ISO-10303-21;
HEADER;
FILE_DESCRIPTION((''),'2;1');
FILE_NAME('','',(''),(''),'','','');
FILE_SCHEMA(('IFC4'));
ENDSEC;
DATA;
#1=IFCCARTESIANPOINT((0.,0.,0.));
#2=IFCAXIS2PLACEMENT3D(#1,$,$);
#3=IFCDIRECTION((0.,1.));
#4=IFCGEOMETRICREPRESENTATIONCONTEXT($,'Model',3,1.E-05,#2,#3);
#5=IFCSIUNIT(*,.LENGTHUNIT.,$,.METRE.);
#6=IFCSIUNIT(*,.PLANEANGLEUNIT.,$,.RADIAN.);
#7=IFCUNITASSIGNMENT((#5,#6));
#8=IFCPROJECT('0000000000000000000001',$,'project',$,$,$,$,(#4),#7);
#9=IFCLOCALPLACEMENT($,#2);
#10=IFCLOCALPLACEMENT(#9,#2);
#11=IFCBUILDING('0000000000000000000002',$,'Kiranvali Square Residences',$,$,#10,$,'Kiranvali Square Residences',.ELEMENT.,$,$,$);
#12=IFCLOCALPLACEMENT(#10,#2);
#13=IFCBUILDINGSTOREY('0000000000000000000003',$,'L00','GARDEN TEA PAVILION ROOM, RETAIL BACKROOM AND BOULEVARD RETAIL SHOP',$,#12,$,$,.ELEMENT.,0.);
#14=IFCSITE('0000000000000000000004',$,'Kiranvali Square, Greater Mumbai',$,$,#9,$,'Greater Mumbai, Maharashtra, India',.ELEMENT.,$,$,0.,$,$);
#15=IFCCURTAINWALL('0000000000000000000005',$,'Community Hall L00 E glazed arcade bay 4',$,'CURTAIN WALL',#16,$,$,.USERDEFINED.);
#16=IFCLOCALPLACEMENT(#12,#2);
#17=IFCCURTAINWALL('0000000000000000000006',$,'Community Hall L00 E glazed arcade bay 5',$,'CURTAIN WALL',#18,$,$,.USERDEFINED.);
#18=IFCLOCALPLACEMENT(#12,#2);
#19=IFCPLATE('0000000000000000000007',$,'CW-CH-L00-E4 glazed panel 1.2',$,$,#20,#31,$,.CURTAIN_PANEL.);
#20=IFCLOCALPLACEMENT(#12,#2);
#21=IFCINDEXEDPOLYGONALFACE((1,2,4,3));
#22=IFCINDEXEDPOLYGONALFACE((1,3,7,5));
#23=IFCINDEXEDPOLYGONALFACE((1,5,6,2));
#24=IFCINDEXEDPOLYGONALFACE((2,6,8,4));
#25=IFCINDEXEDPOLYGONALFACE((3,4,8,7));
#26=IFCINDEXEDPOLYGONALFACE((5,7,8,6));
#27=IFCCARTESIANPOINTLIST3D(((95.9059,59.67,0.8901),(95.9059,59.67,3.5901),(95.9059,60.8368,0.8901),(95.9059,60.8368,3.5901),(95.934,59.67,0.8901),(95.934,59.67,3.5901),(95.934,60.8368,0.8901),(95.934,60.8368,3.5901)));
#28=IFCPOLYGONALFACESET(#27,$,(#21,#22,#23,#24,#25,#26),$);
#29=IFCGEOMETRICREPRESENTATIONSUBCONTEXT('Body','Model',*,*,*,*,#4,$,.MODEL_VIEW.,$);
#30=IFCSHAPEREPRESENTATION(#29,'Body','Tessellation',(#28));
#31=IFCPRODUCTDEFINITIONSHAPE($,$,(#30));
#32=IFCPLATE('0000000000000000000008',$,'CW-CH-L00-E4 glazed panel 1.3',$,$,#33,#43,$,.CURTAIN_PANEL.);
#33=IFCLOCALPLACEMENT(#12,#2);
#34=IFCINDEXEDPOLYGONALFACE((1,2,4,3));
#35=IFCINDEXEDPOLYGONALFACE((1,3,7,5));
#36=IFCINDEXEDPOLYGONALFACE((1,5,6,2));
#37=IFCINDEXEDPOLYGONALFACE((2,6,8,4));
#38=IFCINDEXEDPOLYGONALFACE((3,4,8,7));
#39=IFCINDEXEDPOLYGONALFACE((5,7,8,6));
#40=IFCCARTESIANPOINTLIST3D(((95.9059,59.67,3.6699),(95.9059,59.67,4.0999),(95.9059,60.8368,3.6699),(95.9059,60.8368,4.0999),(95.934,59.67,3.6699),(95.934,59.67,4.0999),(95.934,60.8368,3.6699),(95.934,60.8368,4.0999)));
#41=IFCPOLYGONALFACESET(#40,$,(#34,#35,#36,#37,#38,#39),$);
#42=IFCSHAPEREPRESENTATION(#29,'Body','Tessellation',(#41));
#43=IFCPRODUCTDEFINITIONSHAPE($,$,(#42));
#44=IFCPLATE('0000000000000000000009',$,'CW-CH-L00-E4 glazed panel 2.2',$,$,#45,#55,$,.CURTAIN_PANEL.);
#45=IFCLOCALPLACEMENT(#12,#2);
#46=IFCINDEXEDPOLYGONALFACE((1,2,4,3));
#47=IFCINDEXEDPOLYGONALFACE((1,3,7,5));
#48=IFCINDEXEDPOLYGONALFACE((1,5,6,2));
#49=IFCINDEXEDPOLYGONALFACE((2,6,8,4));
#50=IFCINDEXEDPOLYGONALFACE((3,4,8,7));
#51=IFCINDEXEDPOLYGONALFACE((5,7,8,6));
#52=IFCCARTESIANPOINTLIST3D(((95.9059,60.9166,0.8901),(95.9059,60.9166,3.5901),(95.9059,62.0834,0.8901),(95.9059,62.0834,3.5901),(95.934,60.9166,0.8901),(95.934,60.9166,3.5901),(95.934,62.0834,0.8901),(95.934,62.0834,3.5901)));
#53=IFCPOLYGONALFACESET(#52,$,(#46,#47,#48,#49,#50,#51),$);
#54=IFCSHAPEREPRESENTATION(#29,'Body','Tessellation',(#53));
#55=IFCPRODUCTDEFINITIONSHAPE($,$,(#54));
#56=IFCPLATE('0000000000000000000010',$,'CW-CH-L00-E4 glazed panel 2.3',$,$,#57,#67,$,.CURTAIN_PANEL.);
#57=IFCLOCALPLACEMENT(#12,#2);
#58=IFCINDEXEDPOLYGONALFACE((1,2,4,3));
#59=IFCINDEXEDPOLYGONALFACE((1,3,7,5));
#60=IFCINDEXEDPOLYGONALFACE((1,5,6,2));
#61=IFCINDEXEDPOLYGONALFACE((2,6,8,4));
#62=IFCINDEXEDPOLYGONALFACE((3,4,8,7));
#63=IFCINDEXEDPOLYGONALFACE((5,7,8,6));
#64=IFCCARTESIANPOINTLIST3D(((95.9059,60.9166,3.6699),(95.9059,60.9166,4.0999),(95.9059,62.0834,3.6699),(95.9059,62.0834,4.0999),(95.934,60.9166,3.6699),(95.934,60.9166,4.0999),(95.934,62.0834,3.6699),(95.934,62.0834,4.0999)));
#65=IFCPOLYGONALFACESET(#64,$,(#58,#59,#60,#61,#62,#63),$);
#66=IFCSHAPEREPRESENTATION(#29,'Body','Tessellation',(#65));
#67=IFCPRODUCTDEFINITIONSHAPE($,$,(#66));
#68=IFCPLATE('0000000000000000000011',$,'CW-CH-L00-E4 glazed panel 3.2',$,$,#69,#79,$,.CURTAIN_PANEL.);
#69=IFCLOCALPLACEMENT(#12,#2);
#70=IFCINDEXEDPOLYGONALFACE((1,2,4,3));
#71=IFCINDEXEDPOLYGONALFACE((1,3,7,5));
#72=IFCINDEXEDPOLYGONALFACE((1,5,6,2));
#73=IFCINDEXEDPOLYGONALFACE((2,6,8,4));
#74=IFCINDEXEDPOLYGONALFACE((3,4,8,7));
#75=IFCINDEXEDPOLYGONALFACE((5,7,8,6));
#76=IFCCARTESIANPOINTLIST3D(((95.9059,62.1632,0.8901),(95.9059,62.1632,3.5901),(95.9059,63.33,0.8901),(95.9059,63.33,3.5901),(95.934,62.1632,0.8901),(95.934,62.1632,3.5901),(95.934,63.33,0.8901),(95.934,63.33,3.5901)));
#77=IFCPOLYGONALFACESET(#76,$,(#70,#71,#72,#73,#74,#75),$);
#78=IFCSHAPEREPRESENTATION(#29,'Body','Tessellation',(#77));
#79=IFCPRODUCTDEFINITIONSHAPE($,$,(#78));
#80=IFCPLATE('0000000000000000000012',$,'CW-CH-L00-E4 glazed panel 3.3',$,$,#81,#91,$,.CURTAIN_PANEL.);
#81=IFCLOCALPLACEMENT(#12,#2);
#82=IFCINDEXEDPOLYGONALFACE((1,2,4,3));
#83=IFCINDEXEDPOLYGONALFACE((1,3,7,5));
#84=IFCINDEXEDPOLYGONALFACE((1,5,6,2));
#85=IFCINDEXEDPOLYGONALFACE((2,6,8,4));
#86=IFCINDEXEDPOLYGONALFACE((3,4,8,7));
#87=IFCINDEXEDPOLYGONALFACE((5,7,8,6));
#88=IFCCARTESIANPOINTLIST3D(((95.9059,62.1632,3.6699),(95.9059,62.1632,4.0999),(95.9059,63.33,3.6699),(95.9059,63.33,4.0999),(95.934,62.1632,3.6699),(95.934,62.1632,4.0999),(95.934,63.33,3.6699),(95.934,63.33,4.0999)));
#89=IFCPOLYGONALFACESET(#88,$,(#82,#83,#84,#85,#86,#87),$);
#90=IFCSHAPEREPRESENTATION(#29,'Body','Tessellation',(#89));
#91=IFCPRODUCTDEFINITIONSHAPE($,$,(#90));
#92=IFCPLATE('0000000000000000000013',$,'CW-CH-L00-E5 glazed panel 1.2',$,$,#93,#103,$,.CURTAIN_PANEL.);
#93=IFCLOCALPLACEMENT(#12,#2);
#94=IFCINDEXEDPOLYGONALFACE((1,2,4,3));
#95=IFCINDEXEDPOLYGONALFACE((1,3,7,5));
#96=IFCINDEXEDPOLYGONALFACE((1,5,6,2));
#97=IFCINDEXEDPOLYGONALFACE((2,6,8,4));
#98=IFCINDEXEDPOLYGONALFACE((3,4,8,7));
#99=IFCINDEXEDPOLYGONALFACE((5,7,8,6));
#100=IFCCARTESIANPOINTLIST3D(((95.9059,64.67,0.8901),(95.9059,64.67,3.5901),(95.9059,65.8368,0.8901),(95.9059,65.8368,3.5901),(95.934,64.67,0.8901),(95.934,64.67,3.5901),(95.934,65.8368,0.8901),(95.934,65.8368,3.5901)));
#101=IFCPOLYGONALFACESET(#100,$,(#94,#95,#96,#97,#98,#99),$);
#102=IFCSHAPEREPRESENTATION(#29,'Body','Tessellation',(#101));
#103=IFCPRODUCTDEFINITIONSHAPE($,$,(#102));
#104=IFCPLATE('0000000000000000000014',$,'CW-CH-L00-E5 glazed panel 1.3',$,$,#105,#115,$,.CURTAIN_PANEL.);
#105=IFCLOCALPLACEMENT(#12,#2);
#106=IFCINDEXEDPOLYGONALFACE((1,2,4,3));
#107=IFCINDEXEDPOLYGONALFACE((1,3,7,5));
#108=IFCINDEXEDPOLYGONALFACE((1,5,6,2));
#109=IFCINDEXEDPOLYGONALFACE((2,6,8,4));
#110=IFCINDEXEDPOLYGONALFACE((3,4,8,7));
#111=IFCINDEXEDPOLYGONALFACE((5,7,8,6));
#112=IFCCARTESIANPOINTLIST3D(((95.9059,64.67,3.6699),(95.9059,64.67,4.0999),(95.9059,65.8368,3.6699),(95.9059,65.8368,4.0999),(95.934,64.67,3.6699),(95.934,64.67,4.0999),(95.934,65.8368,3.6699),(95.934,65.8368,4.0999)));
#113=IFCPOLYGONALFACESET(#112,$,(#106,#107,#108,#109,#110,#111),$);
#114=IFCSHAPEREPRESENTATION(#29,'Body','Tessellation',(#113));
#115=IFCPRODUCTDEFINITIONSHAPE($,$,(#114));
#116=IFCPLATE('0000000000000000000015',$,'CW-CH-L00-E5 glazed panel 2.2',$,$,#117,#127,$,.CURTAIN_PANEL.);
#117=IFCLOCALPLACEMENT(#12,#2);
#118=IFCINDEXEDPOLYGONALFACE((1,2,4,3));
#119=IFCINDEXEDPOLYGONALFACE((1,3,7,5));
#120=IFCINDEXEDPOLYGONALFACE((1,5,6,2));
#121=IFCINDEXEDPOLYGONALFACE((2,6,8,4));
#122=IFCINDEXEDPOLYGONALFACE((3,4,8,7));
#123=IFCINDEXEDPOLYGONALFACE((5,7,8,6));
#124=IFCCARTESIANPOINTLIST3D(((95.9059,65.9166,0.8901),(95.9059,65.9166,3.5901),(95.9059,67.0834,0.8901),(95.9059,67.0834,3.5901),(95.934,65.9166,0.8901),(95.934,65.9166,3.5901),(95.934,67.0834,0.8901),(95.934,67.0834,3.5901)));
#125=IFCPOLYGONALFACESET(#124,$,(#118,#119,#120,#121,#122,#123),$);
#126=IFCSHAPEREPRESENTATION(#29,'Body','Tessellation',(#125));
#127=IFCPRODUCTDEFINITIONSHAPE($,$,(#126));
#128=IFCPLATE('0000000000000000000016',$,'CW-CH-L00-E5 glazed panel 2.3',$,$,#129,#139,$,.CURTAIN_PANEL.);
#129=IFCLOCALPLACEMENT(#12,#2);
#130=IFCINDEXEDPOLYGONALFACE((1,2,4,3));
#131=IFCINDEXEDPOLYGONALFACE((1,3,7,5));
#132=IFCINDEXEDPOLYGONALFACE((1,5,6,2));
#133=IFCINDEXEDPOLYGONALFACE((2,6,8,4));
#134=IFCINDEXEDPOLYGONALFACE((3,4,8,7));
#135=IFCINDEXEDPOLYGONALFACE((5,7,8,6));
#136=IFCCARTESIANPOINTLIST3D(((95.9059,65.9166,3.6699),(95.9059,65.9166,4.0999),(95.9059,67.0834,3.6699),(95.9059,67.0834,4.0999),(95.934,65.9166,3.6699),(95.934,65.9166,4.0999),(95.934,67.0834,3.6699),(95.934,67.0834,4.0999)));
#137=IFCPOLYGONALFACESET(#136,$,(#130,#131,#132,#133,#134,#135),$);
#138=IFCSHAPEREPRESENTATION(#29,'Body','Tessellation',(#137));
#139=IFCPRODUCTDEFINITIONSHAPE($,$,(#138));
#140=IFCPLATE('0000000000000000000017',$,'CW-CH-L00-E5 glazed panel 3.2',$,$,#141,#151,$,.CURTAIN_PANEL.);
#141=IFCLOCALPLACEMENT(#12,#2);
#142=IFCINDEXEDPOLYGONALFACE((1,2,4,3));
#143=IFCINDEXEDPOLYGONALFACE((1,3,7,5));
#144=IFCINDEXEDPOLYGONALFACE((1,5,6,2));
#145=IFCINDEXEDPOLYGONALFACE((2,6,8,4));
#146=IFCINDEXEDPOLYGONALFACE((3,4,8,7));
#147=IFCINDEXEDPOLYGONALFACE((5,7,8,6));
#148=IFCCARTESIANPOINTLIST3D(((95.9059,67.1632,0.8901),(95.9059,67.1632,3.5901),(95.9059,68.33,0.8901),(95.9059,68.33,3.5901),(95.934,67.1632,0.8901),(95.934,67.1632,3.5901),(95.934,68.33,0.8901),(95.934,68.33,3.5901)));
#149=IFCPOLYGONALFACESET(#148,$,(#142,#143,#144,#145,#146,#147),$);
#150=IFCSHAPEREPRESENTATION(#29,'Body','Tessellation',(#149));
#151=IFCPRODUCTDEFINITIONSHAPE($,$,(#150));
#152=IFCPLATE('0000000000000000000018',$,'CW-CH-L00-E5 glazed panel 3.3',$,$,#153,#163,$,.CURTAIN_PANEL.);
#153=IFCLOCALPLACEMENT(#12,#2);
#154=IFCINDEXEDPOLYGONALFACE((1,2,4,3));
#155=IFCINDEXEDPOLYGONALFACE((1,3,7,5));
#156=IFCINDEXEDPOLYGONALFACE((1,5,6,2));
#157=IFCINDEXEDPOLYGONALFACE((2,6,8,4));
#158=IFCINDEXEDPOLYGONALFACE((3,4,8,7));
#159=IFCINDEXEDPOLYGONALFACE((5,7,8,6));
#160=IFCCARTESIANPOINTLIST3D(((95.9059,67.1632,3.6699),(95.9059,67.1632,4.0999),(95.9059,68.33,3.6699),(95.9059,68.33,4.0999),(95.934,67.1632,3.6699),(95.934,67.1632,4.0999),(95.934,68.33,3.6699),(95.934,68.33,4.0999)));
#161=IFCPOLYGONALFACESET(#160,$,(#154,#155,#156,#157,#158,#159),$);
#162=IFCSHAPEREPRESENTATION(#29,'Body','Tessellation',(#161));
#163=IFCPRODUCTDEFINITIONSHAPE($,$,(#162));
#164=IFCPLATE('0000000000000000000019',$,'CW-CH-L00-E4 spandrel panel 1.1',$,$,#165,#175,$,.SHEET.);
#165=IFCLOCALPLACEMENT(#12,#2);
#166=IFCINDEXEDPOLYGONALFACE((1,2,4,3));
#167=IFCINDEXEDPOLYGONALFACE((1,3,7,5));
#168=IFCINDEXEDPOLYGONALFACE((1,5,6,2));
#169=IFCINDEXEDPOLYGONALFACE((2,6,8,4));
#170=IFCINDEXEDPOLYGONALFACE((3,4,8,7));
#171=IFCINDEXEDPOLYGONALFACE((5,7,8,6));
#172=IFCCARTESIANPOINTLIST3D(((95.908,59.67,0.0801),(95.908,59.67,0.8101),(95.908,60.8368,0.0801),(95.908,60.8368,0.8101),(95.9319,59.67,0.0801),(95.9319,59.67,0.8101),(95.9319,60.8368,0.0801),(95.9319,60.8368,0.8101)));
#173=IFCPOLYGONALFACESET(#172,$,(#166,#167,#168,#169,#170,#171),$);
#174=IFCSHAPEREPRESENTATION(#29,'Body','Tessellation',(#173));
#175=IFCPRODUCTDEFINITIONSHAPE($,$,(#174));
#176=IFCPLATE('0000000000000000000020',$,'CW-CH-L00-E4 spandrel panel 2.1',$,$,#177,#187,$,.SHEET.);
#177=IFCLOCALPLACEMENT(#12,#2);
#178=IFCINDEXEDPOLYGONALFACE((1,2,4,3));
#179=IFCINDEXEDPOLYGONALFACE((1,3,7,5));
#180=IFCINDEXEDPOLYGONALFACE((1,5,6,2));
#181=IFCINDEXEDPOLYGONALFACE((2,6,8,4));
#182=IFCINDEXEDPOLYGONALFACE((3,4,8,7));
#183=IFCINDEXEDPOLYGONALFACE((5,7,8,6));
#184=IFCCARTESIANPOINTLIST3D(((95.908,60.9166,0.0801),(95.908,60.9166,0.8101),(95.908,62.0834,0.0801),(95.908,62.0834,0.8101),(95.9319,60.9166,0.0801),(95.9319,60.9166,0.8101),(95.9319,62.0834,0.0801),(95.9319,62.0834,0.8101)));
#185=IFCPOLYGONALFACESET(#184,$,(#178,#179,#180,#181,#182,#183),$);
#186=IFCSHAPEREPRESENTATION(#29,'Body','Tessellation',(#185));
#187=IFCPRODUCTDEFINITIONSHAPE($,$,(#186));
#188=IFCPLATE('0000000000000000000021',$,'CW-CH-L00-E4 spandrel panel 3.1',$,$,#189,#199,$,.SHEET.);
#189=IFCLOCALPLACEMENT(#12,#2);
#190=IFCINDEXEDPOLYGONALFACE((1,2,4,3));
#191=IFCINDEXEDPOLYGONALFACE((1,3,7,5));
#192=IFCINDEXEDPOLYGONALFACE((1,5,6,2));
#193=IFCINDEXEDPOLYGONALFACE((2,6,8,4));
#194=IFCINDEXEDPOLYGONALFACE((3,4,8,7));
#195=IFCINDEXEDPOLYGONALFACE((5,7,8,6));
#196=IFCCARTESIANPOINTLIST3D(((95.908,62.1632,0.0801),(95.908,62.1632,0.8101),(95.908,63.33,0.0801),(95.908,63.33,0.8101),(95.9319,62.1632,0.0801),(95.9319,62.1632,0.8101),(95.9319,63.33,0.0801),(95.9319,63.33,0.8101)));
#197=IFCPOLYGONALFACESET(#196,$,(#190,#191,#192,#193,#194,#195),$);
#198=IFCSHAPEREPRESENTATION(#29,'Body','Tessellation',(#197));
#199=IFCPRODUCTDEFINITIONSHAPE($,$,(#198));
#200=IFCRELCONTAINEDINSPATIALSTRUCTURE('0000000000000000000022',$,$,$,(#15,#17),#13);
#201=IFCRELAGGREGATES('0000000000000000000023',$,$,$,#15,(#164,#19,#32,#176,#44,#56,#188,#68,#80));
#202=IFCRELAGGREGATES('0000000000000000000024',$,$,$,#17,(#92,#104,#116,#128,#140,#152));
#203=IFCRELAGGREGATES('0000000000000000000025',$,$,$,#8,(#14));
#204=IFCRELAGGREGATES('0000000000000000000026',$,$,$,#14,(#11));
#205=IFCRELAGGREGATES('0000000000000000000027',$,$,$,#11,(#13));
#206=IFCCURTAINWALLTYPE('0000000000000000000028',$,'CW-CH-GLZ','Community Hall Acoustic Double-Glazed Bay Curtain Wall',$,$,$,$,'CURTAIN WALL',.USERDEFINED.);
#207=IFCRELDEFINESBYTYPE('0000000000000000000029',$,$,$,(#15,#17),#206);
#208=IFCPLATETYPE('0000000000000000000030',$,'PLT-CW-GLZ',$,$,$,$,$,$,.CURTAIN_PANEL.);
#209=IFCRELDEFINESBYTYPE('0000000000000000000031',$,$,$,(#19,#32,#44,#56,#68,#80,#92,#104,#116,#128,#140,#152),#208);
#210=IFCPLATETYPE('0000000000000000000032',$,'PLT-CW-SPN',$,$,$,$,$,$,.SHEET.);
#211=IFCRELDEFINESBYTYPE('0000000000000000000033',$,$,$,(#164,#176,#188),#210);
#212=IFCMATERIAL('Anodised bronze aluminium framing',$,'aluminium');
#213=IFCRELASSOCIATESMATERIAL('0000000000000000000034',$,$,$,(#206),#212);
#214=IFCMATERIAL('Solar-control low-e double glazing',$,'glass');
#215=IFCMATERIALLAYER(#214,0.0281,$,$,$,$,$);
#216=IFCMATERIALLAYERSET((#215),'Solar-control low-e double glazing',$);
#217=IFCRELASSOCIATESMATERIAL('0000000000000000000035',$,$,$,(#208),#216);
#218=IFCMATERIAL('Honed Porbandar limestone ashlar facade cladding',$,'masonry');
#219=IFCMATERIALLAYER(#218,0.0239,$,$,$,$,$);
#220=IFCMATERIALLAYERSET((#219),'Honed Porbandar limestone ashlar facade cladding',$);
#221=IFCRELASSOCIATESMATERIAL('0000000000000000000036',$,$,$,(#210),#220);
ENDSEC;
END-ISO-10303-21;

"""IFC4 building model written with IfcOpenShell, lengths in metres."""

from ifc_helpers import new_model, si_unit, direction, frame, origin, origin_2d, place, context, subcontext, project, spatial, rectangle, extrude, material, layer, layer_set, type_object, element, aggregate, save


model = new_model("IFC4")

# Units and contexts
model_context = context("Model", 3, precision=1e-05, world=origin(), true_north=direction((0.0, 1.0)))
body_context = subcontext(model_context, "Body", "Model", "MODEL_VIEW")
ifc_project = project(units=[si_unit("LENGTHUNIT", "METRE"), si_unit("PLANEANGLEUNIT", "RADIAN")], contexts=[model_context])

# Site, building, storey
site_placement = place(None, origin())
site = spatial("IfcSite", under=ifc_project, at=site_placement, Name="Kiranvali Square, Greater Mumbai", LongName="Greater Mumbai, Maharashtra, India", CompositionType="ELEMENT", RefElevation=0.0)
building_placement = place(site_placement, origin())
building = spatial("IfcBuilding", under=site, at=building_placement, Name="Kiranvali Square Residences", LongName="Kiranvali Square Residences", CompositionType="ELEMENT")
storey_placement = place(building_placement, origin())
storey = spatial("IfcBuildingStorey", under=building, at=storey_placement, Name="L00", Description="GARDEN TEA PAVILION ROOM, RETAIL BACKROOM AND BOULEVARD RETAIL SHOP", CompositionType="ELEMENT", Elevation=0.0)

# Curtain walls
ifc_material_1 = material(Name="Anodised bronze aluminium framing", Category="aluminium")
curtain_wall_type = type_object("IfcCurtainWallType", Name="CW-CH-GLZ", Description="Community Hall Acoustic Double-Glazed Bay Curtain Wall", ElementType="CURTAIN WALL", PredefinedType="USERDEFINED", material=ifc_material_1)
curtain_wall_1_placement = place(storey_placement, origin())
curtain_wall_1 = element("IfcCurtainWall", 1, at=curtain_wall_1_placement, inside=storey, type_object=curtain_wall_type, Name="Community Hall L00 E glazed arcade bay 4", ObjectType="CURTAIN WALL", PredefinedType="USERDEFINED")
curtain_wall_2_placement = place(storey_placement, origin())
curtain_wall_2 = element("IfcCurtainWall", 2, at=curtain_wall_2_placement, inside=storey, type_object=curtain_wall_type, Name="Community Hall L00 E glazed arcade bay 5", ObjectType="CURTAIN WALL", PredefinedType="USERDEFINED")

# Plates
ifc_material_2 = material(Name="Solar-control low-e double glazing", Category="glass")
ifc_layer_1 = layer(ifc_material_2, 0.0281)
ifc_layer_set_1 = layer_set([ifc_layer_1], Name="Solar-control low-e double glazing")
plate_type_1 = type_object("IfcPlateType", Name="PLT-CW-GLZ", PredefinedType="CURTAIN_PANEL", material=ifc_layer_set_1)
plate_1_placement = place(storey_placement, frame((95.9199, 60.2534, 0.8901), z_axis=(0.0, 0.0, 1.0), x_axis=(0.0, 1.0, 0.0)))
plate_1 = element("IfcPlate", 3, at=plate_1_placement, type_object=plate_type_1, Name="CW-CH-L00-E4 glazed panel 1.2", PredefinedType="CURTAIN_PANEL", context=body_context, shape_type="SweptSolid", body=[
    extrude(rectangle(XDim=1.1667, YDim=0.0281, at=origin_2d()), origin(), (0.0, 0.0, 1.0), 2.7),
])
plate_2_placement = place(storey_placement, frame((95.9199, 60.2534, 3.6699), z_axis=(0.0, 0.0, 1.0), x_axis=(0.0, 1.0, 0.0)))
plate_2 = element("IfcPlate", 4, at=plate_2_placement, type_object=plate_type_1, Name="CW-CH-L00-E4 glazed panel 1.3", PredefinedType="CURTAIN_PANEL", context=body_context, shape_type="SweptSolid", body=[
    extrude(rectangle(XDim=1.1667, YDim=0.0281, at=origin_2d()), origin(), (0.0, 0.0, 1.0), 0.4299),
])
plate_3_placement = place(storey_placement, frame((95.9199, 61.5, 0.8901), z_axis=(0.0, 0.0, 1.0), x_axis=(0.0, 1.0, 0.0)))
plate_3 = element("IfcPlate", 5, at=plate_3_placement, type_object=plate_type_1, Name="CW-CH-L00-E4 glazed panel 2.2", PredefinedType="CURTAIN_PANEL", context=body_context, shape_type="SweptSolid", body=[
    extrude(rectangle(XDim=1.1667, YDim=0.0281, at=origin_2d()), origin(), (0.0, 0.0, 1.0), 2.7),
])
plate_4_placement = place(storey_placement, frame((95.9199, 61.5, 3.6699), z_axis=(0.0, 0.0, 1.0), x_axis=(0.0, 1.0, 0.0)))
plate_4 = element("IfcPlate", 6, at=plate_4_placement, type_object=plate_type_1, Name="CW-CH-L00-E4 glazed panel 2.3", PredefinedType="CURTAIN_PANEL", context=body_context, shape_type="SweptSolid", body=[
    extrude(rectangle(XDim=1.1667, YDim=0.0281, at=origin_2d()), origin(), (0.0, 0.0, 1.0), 0.4299),
])
plate_5_placement = place(storey_placement, frame((95.9199, 62.7466, 0.8901), z_axis=(0.0, 0.0, 1.0), x_axis=(0.0, 1.0, 0.0)))
plate_5 = element("IfcPlate", 7, at=plate_5_placement, type_object=plate_type_1, Name="CW-CH-L00-E4 glazed panel 3.2", PredefinedType="CURTAIN_PANEL", context=body_context, shape_type="SweptSolid", body=[
    extrude(rectangle(XDim=1.1667, YDim=0.0281, at=origin_2d()), origin(), (0.0, 0.0, 1.0), 2.7),
])
plate_6_placement = place(storey_placement, frame((95.9199, 62.7466, 3.6699), z_axis=(0.0, 0.0, 1.0), x_axis=(0.0, 1.0, 0.0)))
plate_6 = element("IfcPlate", 8, at=plate_6_placement, type_object=plate_type_1, Name="CW-CH-L00-E4 glazed panel 3.3", PredefinedType="CURTAIN_PANEL", context=body_context, shape_type="SweptSolid", body=[
    extrude(rectangle(XDim=1.1667, YDim=0.0281, at=origin_2d()), origin(), (0.0, 0.0, 1.0), 0.4299),
])
plate_7_placement = place(storey_placement, frame((95.9199, 65.2534, 0.8901), z_axis=(0.0, 0.0, 1.0), x_axis=(0.0, 1.0, 0.0)))
plate_7 = element("IfcPlate", 9, at=plate_7_placement, type_object=plate_type_1, Name="CW-CH-L00-E5 glazed panel 1.2", PredefinedType="CURTAIN_PANEL", context=body_context, shape_type="SweptSolid", body=[
    extrude(rectangle(XDim=1.1667, YDim=0.0281, at=origin_2d()), origin(), (0.0, 0.0, 1.0), 2.7),
])
plate_8_placement = place(storey_placement, frame((95.9199, 65.2534, 3.6699), z_axis=(0.0, 0.0, 1.0), x_axis=(0.0, 1.0, 0.0)))
plate_8 = element("IfcPlate", 10, at=plate_8_placement, type_object=plate_type_1, Name="CW-CH-L00-E5 glazed panel 1.3", PredefinedType="CURTAIN_PANEL", context=body_context, shape_type="SweptSolid", body=[
    extrude(rectangle(XDim=1.1667, YDim=0.0281, at=origin_2d()), origin(), (0.0, 0.0, 1.0), 0.4299),
])
plate_9_placement = place(storey_placement, frame((95.9199, 66.5, 0.8901), z_axis=(0.0, 0.0, 1.0), x_axis=(0.0, 1.0, 0.0)))
plate_9 = element("IfcPlate", 11, at=plate_9_placement, type_object=plate_type_1, Name="CW-CH-L00-E5 glazed panel 2.2", PredefinedType="CURTAIN_PANEL", context=body_context, shape_type="SweptSolid", body=[
    extrude(rectangle(XDim=1.1667, YDim=0.0281, at=origin_2d()), origin(), (0.0, 0.0, 1.0), 2.7),
])
plate_10_placement = place(storey_placement, frame((95.9199, 66.5, 3.6699), z_axis=(0.0, 0.0, 1.0), x_axis=(0.0, 1.0, 0.0)))
plate_10 = element("IfcPlate", 12, at=plate_10_placement, type_object=plate_type_1, Name="CW-CH-L00-E5 glazed panel 2.3", PredefinedType="CURTAIN_PANEL", context=body_context, shape_type="SweptSolid", body=[
    extrude(rectangle(XDim=1.1667, YDim=0.0281, at=origin_2d()), origin(), (0.0, 0.0, 1.0), 0.4299),
])
plate_11_placement = place(storey_placement, frame((95.9199, 67.7466, 0.8901), z_axis=(0.0, 0.0, 1.0), x_axis=(0.0, 1.0, 0.0)))
plate_11 = element("IfcPlate", 13, at=plate_11_placement, type_object=plate_type_1, Name="CW-CH-L00-E5 glazed panel 3.2", PredefinedType="CURTAIN_PANEL", context=body_context, shape_type="SweptSolid", body=[
    extrude(rectangle(XDim=1.1667, YDim=0.0281, at=origin_2d()), origin(), (0.0, 0.0, 1.0), 2.7),
])
plate_12_placement = place(storey_placement, frame((95.9199, 67.7466, 3.6699), z_axis=(0.0, 0.0, 1.0), x_axis=(0.0, 1.0, 0.0)))
plate_12 = element("IfcPlate", 14, at=plate_12_placement, type_object=plate_type_1, Name="CW-CH-L00-E5 glazed panel 3.3", PredefinedType="CURTAIN_PANEL", context=body_context, shape_type="SweptSolid", body=[
    extrude(rectangle(XDim=1.1667, YDim=0.0281, at=origin_2d()), origin(), (0.0, 0.0, 1.0), 0.4299),
])
ifc_material_3 = material(Name="Honed Porbandar limestone ashlar facade cladding", Category="masonry")
ifc_layer_2 = layer(ifc_material_3, 0.0239)
ifc_layer_set_2 = layer_set([ifc_layer_2], Name="Honed Porbandar limestone ashlar facade cladding")
plate_type_2 = type_object("IfcPlateType", Name="PLT-CW-SPN", PredefinedType="SHEET", material=ifc_layer_set_2)
plate_13_placement = place(storey_placement, frame((95.9199, 60.2534, 0.0801), z_axis=(0.0, 0.0, 1.0), x_axis=(0.0, 1.0, 0.0)))
plate_13 = element("IfcPlate", 15, at=plate_13_placement, type_object=plate_type_2, Name="CW-CH-L00-E4 spandrel panel 1.1", PredefinedType="SHEET", context=body_context, shape_type="SweptSolid", body=[
    extrude(rectangle(XDim=1.1667, YDim=0.0239, at=origin_2d()), origin(), (0.0, 0.0, 1.0), 0.73),
])
plate_14_placement = place(storey_placement, frame((95.9199, 61.5, 0.0801), z_axis=(0.0, 0.0, 1.0), x_axis=(0.0, 1.0, 0.0)))
plate_14 = element("IfcPlate", 16, at=plate_14_placement, type_object=plate_type_2, Name="CW-CH-L00-E4 spandrel panel 2.1", PredefinedType="SHEET", context=body_context, shape_type="SweptSolid", body=[
    extrude(rectangle(XDim=1.1667, YDim=0.0239, at=origin_2d()), origin(), (0.0, 0.0, 1.0), 0.73),
])
plate_15_placement = place(storey_placement, frame((95.9199, 62.7466, 0.0801), z_axis=(0.0, 0.0, 1.0), x_axis=(0.0, 1.0, 0.0)))
plate_15 = element("IfcPlate", 17, at=plate_15_placement, type_object=plate_type_2, Name="CW-CH-L00-E4 spandrel panel 3.1", PredefinedType="SHEET", context=body_context, shape_type="SweptSolid", body=[
    extrude(rectangle(XDim=1.1667, YDim=0.0239, at=origin_2d()), origin(), (0.0, 0.0, 1.0), 0.73),
])
aggregate(curtain_wall_1, [plate_13, plate_1, plate_2, plate_14, plate_3, plate_4, plate_15, plate_5, plate_6])
aggregate(curtain_wall_2, [plate_7, plate_8, plate_9, plate_10, plate_11, plate_12])

save(model, "model.ifc")
